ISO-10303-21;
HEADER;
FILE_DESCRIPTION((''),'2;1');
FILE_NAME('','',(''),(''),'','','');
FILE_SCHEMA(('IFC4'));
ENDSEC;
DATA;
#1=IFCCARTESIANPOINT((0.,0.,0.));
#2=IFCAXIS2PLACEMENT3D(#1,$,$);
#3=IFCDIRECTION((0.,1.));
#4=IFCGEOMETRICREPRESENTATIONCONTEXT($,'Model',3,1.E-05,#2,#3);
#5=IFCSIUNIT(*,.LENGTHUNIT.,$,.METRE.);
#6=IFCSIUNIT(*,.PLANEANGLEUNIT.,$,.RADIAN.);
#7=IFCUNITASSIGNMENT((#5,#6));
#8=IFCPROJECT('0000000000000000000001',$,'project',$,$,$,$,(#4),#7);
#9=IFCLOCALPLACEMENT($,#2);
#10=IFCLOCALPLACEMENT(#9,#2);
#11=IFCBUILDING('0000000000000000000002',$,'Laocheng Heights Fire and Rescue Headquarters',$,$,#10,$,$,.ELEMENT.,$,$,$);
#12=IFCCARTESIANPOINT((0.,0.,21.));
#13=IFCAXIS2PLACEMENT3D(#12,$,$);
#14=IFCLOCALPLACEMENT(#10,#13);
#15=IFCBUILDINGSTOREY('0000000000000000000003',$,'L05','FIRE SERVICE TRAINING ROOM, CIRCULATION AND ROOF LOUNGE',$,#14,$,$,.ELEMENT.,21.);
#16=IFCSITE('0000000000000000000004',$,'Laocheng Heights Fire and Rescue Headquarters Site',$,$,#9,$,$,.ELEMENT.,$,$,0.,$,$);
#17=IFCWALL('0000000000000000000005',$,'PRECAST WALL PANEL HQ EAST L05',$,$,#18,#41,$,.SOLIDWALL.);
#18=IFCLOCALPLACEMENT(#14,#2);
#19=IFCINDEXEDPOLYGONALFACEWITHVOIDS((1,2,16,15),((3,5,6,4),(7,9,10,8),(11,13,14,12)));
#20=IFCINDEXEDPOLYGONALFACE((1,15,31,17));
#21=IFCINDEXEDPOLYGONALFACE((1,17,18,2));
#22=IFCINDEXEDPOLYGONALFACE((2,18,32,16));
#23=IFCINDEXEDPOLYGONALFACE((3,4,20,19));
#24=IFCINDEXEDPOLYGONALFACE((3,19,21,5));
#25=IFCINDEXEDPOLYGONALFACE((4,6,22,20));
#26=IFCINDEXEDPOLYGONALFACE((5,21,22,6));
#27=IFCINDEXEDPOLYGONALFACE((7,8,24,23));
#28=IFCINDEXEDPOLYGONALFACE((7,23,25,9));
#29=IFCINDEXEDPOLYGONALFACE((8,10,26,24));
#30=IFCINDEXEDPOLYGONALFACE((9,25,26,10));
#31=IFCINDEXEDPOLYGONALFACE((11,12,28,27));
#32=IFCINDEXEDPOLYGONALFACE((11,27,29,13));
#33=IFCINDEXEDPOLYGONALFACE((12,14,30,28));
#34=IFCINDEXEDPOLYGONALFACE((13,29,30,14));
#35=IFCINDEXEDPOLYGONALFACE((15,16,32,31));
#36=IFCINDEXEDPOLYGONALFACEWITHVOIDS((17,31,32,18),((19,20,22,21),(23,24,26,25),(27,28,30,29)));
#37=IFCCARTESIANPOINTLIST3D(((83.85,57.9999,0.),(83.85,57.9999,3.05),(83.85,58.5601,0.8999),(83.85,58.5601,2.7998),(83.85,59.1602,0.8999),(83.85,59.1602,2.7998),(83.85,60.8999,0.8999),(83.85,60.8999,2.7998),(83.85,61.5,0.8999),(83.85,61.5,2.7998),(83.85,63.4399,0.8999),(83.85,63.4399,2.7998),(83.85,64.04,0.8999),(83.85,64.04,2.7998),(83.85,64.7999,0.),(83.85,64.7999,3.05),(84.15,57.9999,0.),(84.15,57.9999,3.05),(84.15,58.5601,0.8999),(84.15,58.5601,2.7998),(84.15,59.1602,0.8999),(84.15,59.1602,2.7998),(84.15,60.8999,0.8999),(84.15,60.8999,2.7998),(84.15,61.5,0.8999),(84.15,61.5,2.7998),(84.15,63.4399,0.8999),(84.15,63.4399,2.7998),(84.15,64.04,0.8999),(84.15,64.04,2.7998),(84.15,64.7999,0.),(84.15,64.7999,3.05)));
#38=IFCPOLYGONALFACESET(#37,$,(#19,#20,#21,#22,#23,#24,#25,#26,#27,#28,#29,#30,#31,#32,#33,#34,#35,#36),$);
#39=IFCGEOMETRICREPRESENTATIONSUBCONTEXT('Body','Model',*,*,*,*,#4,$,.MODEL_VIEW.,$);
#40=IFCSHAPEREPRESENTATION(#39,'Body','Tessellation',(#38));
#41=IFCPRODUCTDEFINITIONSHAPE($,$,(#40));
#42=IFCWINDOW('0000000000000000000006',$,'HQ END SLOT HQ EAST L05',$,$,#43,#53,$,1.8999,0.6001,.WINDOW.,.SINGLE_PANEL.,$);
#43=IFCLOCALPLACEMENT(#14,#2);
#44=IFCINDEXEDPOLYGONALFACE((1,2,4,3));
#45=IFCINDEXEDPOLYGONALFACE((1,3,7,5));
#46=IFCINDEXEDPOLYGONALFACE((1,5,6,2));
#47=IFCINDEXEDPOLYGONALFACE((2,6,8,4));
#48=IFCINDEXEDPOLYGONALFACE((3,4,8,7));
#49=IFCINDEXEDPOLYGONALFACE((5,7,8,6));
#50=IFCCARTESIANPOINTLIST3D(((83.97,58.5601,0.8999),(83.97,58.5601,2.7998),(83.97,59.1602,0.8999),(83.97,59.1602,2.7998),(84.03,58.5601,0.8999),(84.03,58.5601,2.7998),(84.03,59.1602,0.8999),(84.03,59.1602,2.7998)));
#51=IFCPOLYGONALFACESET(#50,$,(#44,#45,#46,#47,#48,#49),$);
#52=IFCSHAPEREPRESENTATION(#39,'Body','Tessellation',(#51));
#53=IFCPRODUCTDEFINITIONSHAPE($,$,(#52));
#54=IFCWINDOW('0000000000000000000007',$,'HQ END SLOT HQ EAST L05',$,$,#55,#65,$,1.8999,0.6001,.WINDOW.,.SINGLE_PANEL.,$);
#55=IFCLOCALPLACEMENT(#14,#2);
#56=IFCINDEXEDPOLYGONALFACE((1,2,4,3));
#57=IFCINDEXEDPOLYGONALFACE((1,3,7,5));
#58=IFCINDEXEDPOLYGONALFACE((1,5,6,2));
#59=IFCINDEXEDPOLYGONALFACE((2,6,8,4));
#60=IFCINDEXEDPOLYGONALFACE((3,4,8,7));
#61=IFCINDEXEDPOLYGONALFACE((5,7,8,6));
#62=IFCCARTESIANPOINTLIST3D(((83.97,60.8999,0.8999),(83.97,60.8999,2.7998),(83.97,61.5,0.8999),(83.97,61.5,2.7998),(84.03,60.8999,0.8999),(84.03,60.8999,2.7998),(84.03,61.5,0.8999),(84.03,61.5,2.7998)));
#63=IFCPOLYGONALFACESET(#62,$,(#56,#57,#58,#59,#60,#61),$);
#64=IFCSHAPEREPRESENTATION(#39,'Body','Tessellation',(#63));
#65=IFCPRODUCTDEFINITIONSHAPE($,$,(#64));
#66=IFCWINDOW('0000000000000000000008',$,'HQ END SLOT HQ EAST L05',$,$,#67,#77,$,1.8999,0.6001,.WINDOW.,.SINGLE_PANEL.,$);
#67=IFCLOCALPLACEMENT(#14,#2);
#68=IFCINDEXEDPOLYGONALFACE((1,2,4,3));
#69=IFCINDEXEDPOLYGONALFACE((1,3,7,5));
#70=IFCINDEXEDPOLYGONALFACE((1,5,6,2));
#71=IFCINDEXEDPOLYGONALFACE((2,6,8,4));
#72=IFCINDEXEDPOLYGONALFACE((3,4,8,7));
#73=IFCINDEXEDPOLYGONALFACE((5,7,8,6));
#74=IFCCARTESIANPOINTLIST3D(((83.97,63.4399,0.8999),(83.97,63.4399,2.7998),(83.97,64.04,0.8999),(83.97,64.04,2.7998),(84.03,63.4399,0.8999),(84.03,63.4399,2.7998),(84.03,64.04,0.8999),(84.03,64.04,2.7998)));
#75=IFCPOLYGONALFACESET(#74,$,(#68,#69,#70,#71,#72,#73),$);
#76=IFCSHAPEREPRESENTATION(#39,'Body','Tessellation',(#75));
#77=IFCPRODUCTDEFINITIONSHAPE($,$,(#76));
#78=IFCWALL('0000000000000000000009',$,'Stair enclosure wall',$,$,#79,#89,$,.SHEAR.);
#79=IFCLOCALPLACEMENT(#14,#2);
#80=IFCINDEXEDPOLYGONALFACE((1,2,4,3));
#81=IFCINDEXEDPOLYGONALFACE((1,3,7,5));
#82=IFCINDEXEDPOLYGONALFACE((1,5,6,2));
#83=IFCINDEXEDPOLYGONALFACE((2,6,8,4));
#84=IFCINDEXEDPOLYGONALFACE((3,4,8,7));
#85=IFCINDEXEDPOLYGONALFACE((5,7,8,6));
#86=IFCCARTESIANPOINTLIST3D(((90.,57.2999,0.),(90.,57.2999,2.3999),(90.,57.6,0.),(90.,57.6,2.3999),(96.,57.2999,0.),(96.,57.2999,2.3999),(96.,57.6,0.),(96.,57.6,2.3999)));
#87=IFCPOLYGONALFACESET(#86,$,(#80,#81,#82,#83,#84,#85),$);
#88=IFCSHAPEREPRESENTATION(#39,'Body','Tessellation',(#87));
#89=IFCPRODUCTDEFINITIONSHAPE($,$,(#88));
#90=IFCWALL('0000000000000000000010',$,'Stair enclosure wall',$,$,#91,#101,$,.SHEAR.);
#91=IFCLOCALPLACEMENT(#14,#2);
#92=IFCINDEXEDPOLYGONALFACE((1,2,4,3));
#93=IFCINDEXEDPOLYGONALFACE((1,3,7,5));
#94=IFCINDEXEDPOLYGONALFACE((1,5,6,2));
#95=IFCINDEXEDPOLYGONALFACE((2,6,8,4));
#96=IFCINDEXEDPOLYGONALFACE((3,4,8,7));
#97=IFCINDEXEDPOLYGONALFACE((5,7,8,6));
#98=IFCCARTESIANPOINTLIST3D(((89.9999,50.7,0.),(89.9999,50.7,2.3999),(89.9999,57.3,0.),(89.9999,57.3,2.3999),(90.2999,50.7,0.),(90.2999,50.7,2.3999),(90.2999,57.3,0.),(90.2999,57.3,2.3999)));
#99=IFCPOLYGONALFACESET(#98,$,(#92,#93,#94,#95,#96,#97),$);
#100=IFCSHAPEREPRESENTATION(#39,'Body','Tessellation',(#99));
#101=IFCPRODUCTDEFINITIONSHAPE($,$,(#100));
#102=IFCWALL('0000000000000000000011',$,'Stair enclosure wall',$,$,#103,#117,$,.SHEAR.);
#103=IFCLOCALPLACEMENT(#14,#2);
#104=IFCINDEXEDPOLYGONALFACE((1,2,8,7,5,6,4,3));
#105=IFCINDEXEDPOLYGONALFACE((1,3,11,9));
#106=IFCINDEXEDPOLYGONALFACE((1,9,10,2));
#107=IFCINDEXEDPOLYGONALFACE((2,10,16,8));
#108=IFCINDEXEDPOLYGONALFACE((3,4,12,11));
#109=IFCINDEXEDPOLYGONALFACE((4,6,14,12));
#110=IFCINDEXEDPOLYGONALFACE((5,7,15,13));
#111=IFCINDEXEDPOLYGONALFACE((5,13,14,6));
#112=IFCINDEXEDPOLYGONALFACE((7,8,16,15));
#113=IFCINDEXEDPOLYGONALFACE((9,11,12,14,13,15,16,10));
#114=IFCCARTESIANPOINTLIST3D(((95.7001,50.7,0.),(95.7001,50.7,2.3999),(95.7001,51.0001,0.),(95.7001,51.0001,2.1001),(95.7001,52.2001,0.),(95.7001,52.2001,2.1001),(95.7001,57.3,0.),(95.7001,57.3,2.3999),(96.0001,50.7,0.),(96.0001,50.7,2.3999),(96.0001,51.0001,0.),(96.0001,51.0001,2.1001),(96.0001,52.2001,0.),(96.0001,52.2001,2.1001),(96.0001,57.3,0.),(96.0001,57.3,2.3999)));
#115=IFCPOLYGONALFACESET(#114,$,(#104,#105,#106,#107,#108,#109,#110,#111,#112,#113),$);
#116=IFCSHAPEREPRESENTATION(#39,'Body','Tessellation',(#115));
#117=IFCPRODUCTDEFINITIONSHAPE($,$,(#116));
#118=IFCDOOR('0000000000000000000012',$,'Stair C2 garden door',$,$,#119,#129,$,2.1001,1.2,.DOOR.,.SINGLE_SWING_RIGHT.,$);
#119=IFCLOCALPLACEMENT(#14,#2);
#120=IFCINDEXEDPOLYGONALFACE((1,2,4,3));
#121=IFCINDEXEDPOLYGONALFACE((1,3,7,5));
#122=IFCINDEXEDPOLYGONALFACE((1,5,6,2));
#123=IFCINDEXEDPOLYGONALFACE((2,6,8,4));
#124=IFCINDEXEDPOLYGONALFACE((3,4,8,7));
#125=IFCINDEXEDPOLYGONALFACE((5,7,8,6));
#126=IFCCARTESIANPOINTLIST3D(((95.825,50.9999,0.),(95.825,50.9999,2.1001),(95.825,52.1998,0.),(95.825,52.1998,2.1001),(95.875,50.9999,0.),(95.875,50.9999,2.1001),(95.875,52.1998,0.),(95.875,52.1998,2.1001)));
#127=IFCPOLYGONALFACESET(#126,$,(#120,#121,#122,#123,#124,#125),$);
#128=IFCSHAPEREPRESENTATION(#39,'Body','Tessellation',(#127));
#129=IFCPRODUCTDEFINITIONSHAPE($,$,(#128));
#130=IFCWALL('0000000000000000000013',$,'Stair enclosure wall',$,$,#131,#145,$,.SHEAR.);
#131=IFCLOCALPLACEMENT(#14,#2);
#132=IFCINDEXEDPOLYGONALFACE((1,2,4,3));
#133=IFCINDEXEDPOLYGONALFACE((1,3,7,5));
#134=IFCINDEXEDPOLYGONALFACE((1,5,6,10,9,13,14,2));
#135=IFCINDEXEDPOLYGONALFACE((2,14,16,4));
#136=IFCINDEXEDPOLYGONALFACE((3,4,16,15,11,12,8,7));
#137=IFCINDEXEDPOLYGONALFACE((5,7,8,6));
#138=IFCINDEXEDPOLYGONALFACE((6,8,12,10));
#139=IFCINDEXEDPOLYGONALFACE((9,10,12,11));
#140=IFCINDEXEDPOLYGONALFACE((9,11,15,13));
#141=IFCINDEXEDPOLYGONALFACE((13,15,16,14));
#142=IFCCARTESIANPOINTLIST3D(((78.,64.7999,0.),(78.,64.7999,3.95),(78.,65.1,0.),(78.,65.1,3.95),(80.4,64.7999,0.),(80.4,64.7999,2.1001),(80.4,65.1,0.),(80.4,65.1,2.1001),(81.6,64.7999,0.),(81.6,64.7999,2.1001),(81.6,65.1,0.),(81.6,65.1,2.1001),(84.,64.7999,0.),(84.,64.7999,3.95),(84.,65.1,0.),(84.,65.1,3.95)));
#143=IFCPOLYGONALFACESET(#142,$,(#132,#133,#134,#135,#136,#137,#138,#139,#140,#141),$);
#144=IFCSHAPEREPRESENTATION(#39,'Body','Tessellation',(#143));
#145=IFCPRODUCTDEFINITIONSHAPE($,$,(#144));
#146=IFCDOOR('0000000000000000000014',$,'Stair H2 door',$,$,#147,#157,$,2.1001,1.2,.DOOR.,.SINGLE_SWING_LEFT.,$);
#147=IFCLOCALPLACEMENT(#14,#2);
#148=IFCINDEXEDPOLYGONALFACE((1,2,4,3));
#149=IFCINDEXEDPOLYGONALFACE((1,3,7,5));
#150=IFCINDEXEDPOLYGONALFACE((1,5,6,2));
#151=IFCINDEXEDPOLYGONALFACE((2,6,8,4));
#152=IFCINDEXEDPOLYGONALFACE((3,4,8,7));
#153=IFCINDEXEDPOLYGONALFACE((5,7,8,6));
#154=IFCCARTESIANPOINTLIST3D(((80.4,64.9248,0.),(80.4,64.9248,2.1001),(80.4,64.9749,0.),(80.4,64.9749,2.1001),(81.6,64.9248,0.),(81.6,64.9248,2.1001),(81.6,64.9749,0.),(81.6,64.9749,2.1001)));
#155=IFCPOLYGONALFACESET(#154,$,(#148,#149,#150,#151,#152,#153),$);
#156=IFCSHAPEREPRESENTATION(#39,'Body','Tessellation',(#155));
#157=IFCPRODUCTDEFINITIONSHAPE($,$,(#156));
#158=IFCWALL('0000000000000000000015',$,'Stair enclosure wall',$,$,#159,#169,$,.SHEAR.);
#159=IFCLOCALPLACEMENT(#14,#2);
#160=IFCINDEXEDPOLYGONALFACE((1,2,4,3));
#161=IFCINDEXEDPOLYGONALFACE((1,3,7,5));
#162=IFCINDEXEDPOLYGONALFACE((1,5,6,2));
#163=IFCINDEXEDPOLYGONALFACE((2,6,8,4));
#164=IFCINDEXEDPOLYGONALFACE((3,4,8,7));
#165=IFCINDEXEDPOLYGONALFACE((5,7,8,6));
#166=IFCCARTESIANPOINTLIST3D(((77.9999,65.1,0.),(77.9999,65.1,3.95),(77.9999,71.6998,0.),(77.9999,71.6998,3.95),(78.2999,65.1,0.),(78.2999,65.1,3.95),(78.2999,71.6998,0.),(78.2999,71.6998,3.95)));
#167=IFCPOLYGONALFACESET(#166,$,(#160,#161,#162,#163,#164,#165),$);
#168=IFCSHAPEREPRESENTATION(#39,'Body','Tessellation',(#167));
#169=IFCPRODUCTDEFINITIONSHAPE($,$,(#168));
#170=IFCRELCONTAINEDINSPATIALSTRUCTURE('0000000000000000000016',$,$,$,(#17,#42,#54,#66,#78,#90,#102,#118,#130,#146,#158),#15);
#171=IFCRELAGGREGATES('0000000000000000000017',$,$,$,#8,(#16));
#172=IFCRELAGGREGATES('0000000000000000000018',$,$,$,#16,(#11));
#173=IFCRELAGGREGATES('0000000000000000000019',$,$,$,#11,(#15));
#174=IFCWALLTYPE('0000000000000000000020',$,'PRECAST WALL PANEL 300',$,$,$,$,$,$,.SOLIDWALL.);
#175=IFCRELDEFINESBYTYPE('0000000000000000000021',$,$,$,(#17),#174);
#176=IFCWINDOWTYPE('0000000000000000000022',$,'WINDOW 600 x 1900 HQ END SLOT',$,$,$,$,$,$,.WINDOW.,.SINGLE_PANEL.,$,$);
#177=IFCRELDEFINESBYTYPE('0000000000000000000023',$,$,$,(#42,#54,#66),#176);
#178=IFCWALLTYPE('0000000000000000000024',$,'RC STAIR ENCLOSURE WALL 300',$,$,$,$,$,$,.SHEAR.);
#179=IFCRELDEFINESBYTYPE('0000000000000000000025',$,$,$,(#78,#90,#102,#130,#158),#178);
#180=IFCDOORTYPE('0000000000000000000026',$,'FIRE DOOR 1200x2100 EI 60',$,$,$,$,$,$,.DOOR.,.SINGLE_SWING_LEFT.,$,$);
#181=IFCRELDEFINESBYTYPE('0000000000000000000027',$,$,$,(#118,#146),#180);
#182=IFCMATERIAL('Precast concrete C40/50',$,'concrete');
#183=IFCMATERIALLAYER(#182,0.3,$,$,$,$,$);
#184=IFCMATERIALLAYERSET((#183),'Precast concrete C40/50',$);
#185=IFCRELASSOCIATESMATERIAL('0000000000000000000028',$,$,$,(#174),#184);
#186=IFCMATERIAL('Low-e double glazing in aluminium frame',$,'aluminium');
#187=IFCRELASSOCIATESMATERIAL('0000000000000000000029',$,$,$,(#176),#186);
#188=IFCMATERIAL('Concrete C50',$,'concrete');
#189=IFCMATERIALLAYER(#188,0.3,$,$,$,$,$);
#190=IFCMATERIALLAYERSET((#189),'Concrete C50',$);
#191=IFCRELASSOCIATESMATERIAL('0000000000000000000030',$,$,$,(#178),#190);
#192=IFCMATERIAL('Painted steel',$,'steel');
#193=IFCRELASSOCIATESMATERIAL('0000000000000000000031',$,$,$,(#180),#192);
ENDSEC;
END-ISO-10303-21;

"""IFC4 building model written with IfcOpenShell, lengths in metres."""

from ifc_helpers import new_model, si_unit, direction, frame, frame_2d, origin, place, context, subcontext, project, spatial, rectangle, extrude, material, layer, layer_set, type_object, element, fill, save


model = new_model("IFC4")

# Units and contexts
model_context = context("Model", 3, precision=1e-05, world=origin(), true_north=direction((0.0, 1.0)))
body_context = subcontext(model_context, "Body", "Model", "MODEL_VIEW")
ifc_project = project(units=[si_unit("LENGTHUNIT", "METRE"), si_unit("PLANEANGLEUNIT", "RADIAN")], contexts=[model_context])

# Site, building, storey
site_placement = place(None, origin())
site = spatial("IfcSite", under=ifc_project, at=site_placement, Name="Laocheng Heights Fire and Rescue Headquarters Site", CompositionType="ELEMENT", RefElevation=0.0)
building_placement = place(site_placement, origin())
building = spatial("IfcBuilding", under=site, at=building_placement, Name="Laocheng Heights Fire and Rescue Headquarters", CompositionType="ELEMENT")
storey_placement = place(building_placement, frame((0.0, 0.0, 21.0)))
storey = spatial("IfcBuildingStorey", under=building, at=storey_placement, Name="L05", Description="FIRE SERVICE TRAINING ROOM, CIRCULATION AND ROOF LOUNGE", CompositionType="ELEMENT", Elevation=21.0)

# Wall, openings, windows
ifc_material_1 = material(Name="Precast concrete C40/50", Category="concrete")
ifc_layer_1 = layer(ifc_material_1, 0.3)
ifc_layer_set_1 = layer_set([ifc_layer_1], Name="Precast concrete C40/50")
wall_type_1 = type_object("IfcWallType", Name="PRECAST WALL PANEL 300", PredefinedType="SOLIDWALL", material=ifc_layer_set_1)
ifc_material_2 = material(Name="Low-e double glazing in aluminium frame", Category="aluminium")
window_type = type_object("IfcWindowType", Name="WINDOW 600 x 1900 HQ END SLOT", PartitioningType="SINGLE_PANEL", PredefinedType="WINDOW", material=ifc_material_2)
wall_1_placement = place(storey_placement, frame((84.0, 58.0, 0.0), z_axis=(0.0, 0.0, 1.0), x_axis=(0.0, 1.0, 0.0)))
wall_1 = element("IfcWall", 1, at=wall_1_placement, inside=storey, type_object=wall_type_1, Name="PRECAST WALL PANEL HQ EAST L05", PredefinedType="SOLIDWALL", context=body_context, shape_type="SweptSolid", body=[
    extrude(rectangle(XDim=6.8, YDim=0.3, at=frame_2d((3.3999, 0.0))), origin(), (0.0, 0.0, 1.0), 3.05),
])
opening_1_placement = place(wall_1_placement, frame((0.5601, 0.0, 0.8999)))
opening_1 = element("IfcOpeningElement", 2, at=opening_1_placement, cuts=wall_1, PredefinedType="OPENING", context=body_context, shape_type="SweptSolid", body=[
    extrude(rectangle(XDim=0.6001, YDim=1.8999, at=frame_2d((0.3, 0.95))), frame((0.0, 0.1599, 0.0), z_axis=(0.0, -1.0, 0.0), x_axis=(1.0, 0.0, 0.0)), (0.0, 0.0, 1.0), 0.3201),
])
opening_2_placement = place(wall_1_placement, frame((2.8999, 0.0, 0.8999)))
opening_2 = element("IfcOpeningElement", 3, at=opening_2_placement, cuts=wall_1, PredefinedType="OPENING", context=body_context, shape_type="SweptSolid", body=[
    extrude(rectangle(XDim=0.6001, YDim=1.8999, at=frame_2d((0.3, 0.95))), frame((0.0, 0.1599, 0.0), z_axis=(0.0, -1.0, 0.0), x_axis=(1.0, 0.0, 0.0)), (0.0, 0.0, 1.0), 0.3201),
])
opening_3_placement = place(wall_1_placement, frame((5.4399, 0.0, 0.8999)))
opening_3 = element("IfcOpeningElement", 4, at=opening_3_placement, cuts=wall_1, PredefinedType="OPENING", context=body_context, shape_type="SweptSolid", body=[
    extrude(rectangle(XDim=0.6001, YDim=1.8999, at=frame_2d((0.3, 0.95))), frame((0.0, 0.1599, 0.0), z_axis=(0.0, -1.0, 0.0), x_axis=(1.0, 0.0, 0.0)), (0.0, 0.0, 1.0), 0.3201),
])
window_1_placement = place(opening_1_placement, origin())
window_1 = element("IfcWindow", 5, at=window_1_placement, inside=storey, type_object=window_type, Name="HQ END SLOT HQ EAST L05", OverallHeight=1.8999, OverallWidth=0.6001, PartitioningType="SINGLE_PANEL", PredefinedType="WINDOW", context=body_context, shape_type="SweptSolid", body=[
    extrude(rectangle(XDim=0.6001, YDim=1.8999, at=frame_2d((0.3, 0.95))), frame((0.0, 0.03, 0.0), z_axis=(0.0, -1.0, 0.0), x_axis=(1.0, 0.0, 0.0)), (0.0, 0.0, 1.0), 0.0601),
])
fill(opening_1, window_1)
window_2_placement = place(opening_2_placement, origin())
window_2 = element("IfcWindow", 6, at=window_2_placement, inside=storey, type_object=window_type, Name="HQ END SLOT HQ EAST L05", OverallHeight=1.8999, OverallWidth=0.6001, PartitioningType="SINGLE_PANEL", PredefinedType="WINDOW", context=body_context, shape_type="SweptSolid", body=[
    extrude(rectangle(XDim=0.6001, YDim=1.8999, at=frame_2d((0.3, 0.95))), frame((0.0, 0.03, 0.0), z_axis=(0.0, -1.0, 0.0), x_axis=(1.0, 0.0, 0.0)), (0.0, 0.0, 1.0), 0.0601),
])
fill(opening_2, window_2)
window_3_placement = place(opening_3_placement, origin())
window_3 = element("IfcWindow", 7, at=window_3_placement, inside=storey, type_object=window_type, Name="HQ END SLOT HQ EAST L05", OverallHeight=1.8999, OverallWidth=0.6001, PartitioningType="SINGLE_PANEL", PredefinedType="WINDOW", context=body_context, shape_type="SweptSolid", body=[
    extrude(rectangle(XDim=0.6001, YDim=1.8999, at=frame_2d((0.3, 0.95))), frame((0.0, 0.03, 0.0), z_axis=(0.0, -1.0, 0.0), x_axis=(1.0, 0.0, 0.0)), (0.0, 0.0, 1.0), 0.0601),
])
fill(opening_3, window_3)

# Walls
ifc_material_3 = material(Name="Concrete C50", Category="concrete")
ifc_layer_2 = layer(ifc_material_3, 0.3)
ifc_layer_set_2 = layer_set([ifc_layer_2], Name="Concrete C50")
wall_type_2 = type_object("IfcWallType", Name="RC STAIR ENCLOSURE WALL 300", PredefinedType="SHEAR", material=ifc_layer_set_2)
wall_2_placement = place(storey_placement, frame((90.0, 57.45, 0.0), z_axis=(0.0, 0.0, 1.0), x_axis=(1.0, 0.0, 0.0)))
element("IfcWall", 8, at=wall_2_placement, inside=storey, type_object=wall_type_2, Name="Stair enclosure wall", PredefinedType="SHEAR", context=body_context, shape_type="SweptSolid", body=[
    extrude(rectangle(XDim=6.0, YDim=0.3, at=frame_2d((3.0, 0.0))), origin(), (0.0, 0.0, 1.0), 2.3999),
])
wall_3_placement = place(storey_placement, frame((90.1499, 50.7, 0.0), z_axis=(0.0, 0.0, 1.0), x_axis=(0.0, 1.0, 0.0)))
element("IfcWall", 9, at=wall_3_placement, inside=storey, type_object=wall_type_2, Name="Stair enclosure wall", PredefinedType="SHEAR", context=body_context, shape_type="SweptSolid", body=[
    extrude(rectangle(XDim=6.6001, YDim=0.3, at=frame_2d((3.3, 0.0))), origin(), (0.0, 0.0, 1.0), 2.3999),
])

# Walls, openings, doors
wall_4_placement = place(storey_placement, frame((95.8501, 50.7, 0.0), z_axis=(0.0, 0.0, 1.0), x_axis=(0.0, 1.0, 0.0)))
wall_4 = element("IfcWall", 10, at=wall_4_placement, inside=storey, type_object=wall_type_2, Name="Stair enclosure wall", PredefinedType="SHEAR", context=body_context, shape_type="SweptSolid", body=[
    extrude(rectangle(XDim=6.6001, YDim=0.3, at=frame_2d((3.3, 0.0))), origin(), (0.0, 0.0, 1.0), 2.3999),
])
opening_4_placement = place(wall_4_placement, frame((0.3, 0.0, 0.0)))
opening_4 = element("IfcOpeningElement", 11, at=opening_4_placement, cuts=wall_4, PredefinedType="OPENING", context=body_context, shape_type="SweptSolid", body=[
    extrude(rectangle(XDim=1.2, YDim=2.1001, at=frame_2d((0.6001, 1.05))), frame((0.0, 0.1599, 0.0), z_axis=(0.0, -1.0, 0.0), x_axis=(1.0, 0.0, 0.0)), (0.0, 0.0, 1.0), 0.3201),
])
ifc_material_4 = material(Name="Painted steel", Category="steel")
door_type = type_object("IfcDoorType", Name="FIRE DOOR 1200x2100 EI 60", OperationType="SINGLE_SWING_LEFT", PredefinedType="DOOR", material=ifc_material_4)
door_1_placement = place(opening_4_placement, frame((1.2, 0.0, 0.0), z_axis=(0.0, 0.0, 1.0), x_axis=(-1.0, 0.0, 0.0)))
door_1 = element("IfcDoor", 12, at=door_1_placement, inside=storey, type_object=door_type, Name="Stair C2 garden door", OperationType="SINGLE_SWING_RIGHT", OverallHeight=2.1001, OverallWidth=1.2, PredefinedType="DOOR", context=body_context, shape_type="SweptSolid", body=[
    extrude(rectangle(XDim=1.2, YDim=2.1001, at=frame_2d((0.6001, 1.05))), frame((0.0, 0.0249, 0.0), z_axis=(0.0, -1.0, 0.0), x_axis=(1.0, 0.0, 0.0)), (0.0, 0.0, 1.0), 0.05),
])
fill(opening_4, door_1)
wall_5_placement = place(storey_placement, frame((78.0, 64.95, 0.0), z_axis=(0.0, 0.0, 1.0), x_axis=(1.0, 0.0, 0.0)))
wall_5 = element("IfcWall", 13, at=wall_5_placement, inside=storey, type_object=wall_type_2, Name="Stair enclosure wall", PredefinedType="SHEAR", context=body_context, shape_type="SweptSolid", body=[
    extrude(rectangle(XDim=6.0, YDim=0.3, at=frame_2d((3.0, 0.0))), origin(), (0.0, 0.0, 1.0), 3.95),
])
opening_5_placement = place(wall_5_placement, frame((2.3999, 0.0, 0.0)))
opening_5 = element("IfcOpeningElement", 14, at=opening_5_placement, cuts=wall_5, PredefinedType="OPENING", context=body_context, shape_type="SweptSolid", body=[
    extrude(rectangle(XDim=1.2, YDim=2.1001, at=frame_2d((0.6001, 1.05))), frame((0.0, 0.1599, 0.0), z_axis=(0.0, -1.0, 0.0), x_axis=(1.0, 0.0, 0.0)), (0.0, 0.0, 1.0), 0.3201),
])
door_2_placement = place(opening_5_placement, origin())
door_2 = element("IfcDoor", 15, at=door_2_placement, inside=storey, type_object=door_type, Name="Stair H2 door", OperationType="SINGLE_SWING_LEFT", OverallHeight=2.1001, OverallWidth=1.2, PredefinedType="DOOR", context=body_context, shape_type="SweptSolid", body=[
    extrude(rectangle(XDim=1.2, YDim=2.1001, at=frame_2d((0.6001, 1.05))), frame((0.0, 0.0249, 0.0), z_axis=(0.0, -1.0, 0.0), x_axis=(1.0, 0.0, 0.0)), (0.0, 0.0, 1.0), 0.05),
])
fill(opening_5, door_2)

# Wall
wall_6_placement = place(storey_placement, frame((78.1499, 65.1001, 0.0), z_axis=(0.0, 0.0, 1.0), x_axis=(0.0, 1.0, 0.0)))
element("IfcWall", 16, at=wall_6_placement, inside=storey, type_object=wall_type_2, Name="Stair enclosure wall", PredefinedType="SHEAR", context=body_context, shape_type="SweptSolid", body=[
    extrude(rectangle(XDim=6.5999, YDim=0.3, at=frame_2d((3.2998, 0.0))), origin(), (0.0, 0.0, 1.0), 3.95),
])

save(model, "model.ifc")
